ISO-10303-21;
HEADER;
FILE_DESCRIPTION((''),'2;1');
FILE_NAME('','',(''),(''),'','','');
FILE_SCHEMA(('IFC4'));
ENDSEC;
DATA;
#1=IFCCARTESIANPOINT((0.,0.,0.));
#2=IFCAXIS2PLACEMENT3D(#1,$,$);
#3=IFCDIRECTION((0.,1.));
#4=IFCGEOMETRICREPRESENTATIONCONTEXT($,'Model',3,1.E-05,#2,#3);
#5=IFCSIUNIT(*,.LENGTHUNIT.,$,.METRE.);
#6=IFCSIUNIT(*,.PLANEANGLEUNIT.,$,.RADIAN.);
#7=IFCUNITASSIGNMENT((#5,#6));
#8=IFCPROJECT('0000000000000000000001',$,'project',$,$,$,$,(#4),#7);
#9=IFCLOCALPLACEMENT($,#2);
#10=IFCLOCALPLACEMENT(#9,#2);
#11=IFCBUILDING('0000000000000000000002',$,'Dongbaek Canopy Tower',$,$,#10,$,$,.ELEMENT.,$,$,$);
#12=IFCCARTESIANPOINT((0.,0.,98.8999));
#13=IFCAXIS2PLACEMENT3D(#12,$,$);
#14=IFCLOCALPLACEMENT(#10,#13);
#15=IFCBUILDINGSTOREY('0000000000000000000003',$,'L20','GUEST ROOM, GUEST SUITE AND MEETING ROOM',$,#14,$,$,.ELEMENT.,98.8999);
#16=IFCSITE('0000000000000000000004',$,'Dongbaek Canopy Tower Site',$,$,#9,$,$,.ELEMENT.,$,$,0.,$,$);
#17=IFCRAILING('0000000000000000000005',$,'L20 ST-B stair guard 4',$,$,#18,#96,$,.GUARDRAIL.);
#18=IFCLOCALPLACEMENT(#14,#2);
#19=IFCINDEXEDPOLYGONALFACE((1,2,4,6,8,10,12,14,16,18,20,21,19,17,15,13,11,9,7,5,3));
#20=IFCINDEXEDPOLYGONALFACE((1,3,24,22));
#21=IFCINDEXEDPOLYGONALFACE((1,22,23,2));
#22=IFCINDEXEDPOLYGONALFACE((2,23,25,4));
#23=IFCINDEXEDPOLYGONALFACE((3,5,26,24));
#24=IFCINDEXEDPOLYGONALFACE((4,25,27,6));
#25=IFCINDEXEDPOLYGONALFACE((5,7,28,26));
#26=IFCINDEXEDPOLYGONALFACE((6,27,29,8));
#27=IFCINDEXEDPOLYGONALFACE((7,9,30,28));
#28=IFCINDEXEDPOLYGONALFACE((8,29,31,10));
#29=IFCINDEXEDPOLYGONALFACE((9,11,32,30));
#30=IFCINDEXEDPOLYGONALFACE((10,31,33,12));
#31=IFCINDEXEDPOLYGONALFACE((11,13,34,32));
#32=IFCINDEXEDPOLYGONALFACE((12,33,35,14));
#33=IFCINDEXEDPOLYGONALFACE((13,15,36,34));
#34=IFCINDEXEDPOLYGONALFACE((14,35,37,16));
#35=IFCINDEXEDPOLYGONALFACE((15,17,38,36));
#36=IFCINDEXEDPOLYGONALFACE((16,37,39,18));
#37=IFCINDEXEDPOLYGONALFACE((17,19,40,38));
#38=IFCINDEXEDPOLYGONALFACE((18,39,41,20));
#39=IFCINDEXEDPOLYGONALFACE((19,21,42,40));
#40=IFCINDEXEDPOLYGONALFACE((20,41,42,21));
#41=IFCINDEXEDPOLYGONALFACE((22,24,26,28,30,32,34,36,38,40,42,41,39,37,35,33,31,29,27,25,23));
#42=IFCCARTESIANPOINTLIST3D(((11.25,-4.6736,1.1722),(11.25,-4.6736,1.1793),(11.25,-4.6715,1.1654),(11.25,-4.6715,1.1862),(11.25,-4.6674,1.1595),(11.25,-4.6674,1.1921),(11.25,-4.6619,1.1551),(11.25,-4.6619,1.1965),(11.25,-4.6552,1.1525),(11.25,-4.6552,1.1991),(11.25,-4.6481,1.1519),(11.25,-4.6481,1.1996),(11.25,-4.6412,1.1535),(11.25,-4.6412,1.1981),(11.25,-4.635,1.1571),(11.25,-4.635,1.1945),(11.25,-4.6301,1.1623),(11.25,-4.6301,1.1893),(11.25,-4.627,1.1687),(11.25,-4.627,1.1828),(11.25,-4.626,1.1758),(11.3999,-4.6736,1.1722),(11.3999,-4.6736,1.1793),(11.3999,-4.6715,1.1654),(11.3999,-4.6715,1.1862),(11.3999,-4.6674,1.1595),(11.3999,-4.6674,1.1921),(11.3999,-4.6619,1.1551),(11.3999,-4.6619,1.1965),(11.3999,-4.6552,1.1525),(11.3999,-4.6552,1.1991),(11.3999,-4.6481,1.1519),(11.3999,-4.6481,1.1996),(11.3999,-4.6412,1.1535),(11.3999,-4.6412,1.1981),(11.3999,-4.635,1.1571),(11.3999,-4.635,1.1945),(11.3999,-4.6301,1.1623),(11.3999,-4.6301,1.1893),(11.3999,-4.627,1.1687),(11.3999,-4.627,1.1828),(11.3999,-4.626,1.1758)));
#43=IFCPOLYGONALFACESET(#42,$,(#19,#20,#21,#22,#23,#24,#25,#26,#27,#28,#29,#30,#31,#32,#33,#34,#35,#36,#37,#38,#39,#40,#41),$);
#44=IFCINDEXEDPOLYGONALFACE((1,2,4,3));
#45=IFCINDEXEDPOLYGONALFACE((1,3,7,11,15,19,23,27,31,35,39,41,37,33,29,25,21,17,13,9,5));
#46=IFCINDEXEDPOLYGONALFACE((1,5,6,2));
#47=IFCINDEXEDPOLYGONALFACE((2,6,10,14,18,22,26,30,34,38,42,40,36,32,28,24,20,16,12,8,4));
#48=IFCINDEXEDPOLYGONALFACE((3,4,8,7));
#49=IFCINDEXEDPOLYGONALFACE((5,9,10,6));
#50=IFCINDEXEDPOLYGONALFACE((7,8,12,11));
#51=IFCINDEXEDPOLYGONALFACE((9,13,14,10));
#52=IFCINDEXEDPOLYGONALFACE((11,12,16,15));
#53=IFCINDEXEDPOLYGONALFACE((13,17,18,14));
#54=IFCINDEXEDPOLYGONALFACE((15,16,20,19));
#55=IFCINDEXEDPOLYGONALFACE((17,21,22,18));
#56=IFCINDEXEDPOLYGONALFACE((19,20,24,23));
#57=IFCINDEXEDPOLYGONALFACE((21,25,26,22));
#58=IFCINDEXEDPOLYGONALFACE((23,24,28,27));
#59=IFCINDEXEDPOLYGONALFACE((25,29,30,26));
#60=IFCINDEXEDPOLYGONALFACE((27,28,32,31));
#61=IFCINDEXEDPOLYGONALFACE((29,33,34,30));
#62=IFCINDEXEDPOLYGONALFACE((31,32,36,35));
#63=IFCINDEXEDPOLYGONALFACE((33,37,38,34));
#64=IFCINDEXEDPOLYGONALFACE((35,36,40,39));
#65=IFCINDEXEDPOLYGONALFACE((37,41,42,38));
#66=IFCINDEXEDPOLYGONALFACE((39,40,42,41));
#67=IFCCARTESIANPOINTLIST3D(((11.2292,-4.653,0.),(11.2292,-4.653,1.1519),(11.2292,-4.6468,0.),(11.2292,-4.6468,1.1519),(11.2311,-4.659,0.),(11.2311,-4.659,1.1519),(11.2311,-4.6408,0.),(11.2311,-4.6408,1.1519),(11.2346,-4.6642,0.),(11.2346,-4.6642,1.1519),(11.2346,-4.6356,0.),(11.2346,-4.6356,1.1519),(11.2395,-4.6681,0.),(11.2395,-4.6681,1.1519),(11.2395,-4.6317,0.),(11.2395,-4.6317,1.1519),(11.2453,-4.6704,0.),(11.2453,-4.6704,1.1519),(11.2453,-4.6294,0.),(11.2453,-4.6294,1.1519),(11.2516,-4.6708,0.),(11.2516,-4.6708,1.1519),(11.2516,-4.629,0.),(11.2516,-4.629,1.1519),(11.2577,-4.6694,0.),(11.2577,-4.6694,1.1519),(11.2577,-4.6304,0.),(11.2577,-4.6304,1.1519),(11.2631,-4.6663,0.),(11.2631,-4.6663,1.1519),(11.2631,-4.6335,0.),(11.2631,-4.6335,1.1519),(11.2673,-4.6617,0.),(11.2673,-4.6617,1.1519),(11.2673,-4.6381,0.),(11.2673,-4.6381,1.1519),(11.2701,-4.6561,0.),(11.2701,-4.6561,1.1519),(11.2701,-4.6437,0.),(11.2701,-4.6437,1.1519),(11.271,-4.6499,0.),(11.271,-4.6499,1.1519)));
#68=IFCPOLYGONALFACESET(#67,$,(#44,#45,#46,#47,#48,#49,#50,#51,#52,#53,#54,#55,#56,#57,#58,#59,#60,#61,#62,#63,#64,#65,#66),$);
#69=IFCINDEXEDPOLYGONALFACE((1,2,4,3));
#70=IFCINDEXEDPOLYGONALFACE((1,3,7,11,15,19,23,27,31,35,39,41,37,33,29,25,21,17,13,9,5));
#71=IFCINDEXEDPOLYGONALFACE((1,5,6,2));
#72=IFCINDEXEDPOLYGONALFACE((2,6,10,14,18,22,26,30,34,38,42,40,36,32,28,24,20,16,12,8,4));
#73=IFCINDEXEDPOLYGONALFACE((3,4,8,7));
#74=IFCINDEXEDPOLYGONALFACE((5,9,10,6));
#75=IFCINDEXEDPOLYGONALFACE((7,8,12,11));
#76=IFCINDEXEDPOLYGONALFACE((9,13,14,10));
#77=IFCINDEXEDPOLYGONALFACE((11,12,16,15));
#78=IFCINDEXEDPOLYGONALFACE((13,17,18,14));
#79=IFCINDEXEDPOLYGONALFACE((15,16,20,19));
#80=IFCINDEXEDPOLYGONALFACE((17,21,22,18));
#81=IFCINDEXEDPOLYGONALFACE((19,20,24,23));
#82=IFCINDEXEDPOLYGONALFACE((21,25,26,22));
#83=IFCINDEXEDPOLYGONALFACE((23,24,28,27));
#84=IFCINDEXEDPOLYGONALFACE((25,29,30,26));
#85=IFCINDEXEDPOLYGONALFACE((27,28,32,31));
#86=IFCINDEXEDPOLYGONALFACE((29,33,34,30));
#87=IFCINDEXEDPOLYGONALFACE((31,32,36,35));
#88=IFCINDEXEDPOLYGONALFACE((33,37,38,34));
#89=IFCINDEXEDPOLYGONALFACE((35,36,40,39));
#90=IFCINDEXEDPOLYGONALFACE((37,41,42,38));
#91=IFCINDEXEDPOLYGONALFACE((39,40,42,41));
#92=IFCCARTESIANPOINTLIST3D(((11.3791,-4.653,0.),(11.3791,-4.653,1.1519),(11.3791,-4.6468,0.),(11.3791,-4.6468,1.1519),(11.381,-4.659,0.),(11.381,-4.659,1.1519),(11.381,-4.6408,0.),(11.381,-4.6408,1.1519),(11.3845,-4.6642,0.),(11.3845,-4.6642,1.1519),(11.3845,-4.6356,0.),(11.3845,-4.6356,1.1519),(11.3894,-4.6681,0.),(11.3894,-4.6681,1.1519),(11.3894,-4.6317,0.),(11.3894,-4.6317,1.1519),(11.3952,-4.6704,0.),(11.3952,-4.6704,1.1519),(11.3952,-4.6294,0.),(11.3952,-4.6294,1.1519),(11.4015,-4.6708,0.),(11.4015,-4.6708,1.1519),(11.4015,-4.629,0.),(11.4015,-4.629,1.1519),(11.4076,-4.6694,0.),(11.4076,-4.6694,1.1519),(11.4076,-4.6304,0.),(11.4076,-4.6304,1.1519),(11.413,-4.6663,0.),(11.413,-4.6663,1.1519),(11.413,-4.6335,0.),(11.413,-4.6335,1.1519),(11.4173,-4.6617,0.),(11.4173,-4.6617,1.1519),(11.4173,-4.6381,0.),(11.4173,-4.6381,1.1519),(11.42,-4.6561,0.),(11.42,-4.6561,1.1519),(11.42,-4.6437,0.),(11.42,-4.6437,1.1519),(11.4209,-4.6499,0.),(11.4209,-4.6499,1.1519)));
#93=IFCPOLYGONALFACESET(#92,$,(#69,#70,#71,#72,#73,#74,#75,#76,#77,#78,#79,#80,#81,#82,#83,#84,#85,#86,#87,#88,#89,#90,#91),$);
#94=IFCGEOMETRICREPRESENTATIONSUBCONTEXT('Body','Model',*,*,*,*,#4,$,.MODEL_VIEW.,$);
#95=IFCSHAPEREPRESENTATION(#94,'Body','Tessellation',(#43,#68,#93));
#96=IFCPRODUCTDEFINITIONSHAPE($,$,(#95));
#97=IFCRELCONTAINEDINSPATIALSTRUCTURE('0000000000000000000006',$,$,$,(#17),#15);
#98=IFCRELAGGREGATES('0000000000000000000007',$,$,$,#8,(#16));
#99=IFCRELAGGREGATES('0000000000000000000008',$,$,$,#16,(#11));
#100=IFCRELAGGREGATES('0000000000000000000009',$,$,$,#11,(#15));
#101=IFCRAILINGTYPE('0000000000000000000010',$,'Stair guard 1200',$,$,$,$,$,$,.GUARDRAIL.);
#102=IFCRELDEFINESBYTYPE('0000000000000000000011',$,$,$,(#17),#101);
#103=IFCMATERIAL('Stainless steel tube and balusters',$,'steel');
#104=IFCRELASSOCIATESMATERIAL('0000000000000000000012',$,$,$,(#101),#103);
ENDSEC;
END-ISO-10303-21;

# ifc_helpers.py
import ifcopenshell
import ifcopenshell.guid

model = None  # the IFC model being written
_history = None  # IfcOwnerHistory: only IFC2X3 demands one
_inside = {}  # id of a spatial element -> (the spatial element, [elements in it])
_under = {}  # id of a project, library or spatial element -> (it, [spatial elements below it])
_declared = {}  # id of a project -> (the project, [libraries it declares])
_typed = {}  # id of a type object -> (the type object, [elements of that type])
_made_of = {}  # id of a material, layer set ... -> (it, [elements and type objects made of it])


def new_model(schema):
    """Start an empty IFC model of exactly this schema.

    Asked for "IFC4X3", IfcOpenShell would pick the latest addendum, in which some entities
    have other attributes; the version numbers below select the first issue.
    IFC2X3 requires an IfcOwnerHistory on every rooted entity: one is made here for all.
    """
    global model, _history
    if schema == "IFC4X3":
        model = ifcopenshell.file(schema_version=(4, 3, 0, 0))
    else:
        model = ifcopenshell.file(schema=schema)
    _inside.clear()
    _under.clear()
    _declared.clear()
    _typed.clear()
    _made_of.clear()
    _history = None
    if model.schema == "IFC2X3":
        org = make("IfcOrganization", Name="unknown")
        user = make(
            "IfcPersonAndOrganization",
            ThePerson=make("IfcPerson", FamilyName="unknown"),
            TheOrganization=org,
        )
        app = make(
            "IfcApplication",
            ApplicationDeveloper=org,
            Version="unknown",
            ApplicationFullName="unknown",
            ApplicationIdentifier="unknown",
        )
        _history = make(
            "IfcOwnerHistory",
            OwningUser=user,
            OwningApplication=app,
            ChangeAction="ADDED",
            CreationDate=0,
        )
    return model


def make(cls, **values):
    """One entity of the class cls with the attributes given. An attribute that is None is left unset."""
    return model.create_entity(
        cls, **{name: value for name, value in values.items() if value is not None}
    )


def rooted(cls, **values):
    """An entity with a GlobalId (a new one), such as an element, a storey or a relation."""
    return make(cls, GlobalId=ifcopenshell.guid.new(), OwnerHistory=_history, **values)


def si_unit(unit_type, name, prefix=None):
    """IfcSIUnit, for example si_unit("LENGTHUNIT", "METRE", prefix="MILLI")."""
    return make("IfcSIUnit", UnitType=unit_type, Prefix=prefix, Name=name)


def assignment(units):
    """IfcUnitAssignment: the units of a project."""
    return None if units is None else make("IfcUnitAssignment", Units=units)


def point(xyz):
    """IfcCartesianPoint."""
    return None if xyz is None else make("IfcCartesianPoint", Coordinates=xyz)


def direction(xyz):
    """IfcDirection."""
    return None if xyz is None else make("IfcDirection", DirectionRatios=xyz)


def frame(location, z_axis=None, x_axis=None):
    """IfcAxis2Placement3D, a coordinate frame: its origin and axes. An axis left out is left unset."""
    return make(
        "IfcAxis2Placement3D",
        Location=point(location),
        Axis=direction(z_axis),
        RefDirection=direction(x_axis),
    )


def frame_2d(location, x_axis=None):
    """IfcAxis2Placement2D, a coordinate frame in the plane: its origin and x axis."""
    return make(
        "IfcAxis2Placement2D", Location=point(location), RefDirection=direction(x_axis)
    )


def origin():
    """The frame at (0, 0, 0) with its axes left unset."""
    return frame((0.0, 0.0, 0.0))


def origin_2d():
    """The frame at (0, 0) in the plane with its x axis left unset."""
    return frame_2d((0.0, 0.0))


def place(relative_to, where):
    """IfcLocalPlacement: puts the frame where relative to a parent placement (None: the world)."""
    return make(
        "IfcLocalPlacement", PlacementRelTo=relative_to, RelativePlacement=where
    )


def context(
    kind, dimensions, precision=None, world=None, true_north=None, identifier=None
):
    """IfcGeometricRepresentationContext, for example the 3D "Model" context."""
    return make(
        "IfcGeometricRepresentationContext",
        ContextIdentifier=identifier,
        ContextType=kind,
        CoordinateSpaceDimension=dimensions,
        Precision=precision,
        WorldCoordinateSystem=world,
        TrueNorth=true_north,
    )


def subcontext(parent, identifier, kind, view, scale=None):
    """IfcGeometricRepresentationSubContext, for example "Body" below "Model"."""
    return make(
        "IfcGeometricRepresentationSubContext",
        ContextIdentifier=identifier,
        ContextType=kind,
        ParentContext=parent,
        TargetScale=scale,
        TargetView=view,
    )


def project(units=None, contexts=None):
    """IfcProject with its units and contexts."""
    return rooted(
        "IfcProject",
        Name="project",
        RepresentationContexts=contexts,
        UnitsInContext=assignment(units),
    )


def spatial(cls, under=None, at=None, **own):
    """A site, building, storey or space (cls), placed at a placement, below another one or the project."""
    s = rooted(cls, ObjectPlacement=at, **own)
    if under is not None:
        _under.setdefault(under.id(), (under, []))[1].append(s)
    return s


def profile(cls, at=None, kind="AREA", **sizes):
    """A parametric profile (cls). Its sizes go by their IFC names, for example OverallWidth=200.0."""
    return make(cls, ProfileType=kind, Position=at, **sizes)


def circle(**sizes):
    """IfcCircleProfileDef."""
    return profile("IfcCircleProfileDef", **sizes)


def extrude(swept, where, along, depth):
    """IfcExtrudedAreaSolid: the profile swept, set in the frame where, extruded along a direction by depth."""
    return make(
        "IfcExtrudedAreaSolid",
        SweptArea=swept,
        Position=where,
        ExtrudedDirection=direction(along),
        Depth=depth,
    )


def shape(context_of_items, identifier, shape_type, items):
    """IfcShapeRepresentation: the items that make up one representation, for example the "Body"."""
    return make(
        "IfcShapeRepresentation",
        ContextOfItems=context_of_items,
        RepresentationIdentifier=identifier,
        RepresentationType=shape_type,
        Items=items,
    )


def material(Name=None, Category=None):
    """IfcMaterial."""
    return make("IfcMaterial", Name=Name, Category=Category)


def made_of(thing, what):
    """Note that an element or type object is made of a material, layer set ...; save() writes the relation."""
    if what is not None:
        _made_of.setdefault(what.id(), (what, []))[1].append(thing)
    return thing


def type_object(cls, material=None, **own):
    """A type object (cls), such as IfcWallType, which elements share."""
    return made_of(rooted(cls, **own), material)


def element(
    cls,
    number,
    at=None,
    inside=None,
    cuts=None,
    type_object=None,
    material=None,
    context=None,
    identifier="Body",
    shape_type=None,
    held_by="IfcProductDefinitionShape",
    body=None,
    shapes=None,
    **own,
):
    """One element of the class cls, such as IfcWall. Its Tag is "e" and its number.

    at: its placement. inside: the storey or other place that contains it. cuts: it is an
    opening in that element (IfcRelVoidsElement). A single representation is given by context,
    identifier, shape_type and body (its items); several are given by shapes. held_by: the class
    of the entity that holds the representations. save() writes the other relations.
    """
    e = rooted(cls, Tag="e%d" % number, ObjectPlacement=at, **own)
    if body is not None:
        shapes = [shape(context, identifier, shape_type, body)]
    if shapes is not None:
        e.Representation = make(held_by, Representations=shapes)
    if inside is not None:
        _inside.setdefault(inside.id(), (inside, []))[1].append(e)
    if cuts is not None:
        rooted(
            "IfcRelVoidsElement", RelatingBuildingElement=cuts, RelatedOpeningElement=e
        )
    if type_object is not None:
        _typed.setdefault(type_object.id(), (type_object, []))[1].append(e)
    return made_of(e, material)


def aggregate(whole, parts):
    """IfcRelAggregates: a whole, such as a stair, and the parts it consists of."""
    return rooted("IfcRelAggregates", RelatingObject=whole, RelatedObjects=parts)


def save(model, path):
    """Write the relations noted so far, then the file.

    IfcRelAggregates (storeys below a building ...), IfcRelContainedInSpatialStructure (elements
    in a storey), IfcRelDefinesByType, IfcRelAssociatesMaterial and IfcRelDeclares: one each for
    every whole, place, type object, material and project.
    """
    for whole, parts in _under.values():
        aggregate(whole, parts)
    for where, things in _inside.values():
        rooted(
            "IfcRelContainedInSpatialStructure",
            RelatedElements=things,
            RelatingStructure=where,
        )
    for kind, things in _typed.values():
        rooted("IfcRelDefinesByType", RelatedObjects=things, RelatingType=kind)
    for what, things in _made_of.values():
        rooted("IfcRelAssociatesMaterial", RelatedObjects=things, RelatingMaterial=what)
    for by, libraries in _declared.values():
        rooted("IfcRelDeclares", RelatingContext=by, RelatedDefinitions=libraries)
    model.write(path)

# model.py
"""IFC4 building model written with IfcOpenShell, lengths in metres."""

from ifc_helpers import new_model, si_unit, direction, frame, origin, origin_2d, place, context, subcontext, project, spatial, circle, extrude, material, type_object, element, save


model = new_model("IFC4")

# Units and contexts
model_context = context("Model", 3, precision=1e-05, world=origin(), true_north=direction((0.0, 1.0)))
body_context = subcontext(model_context, "Body", "Model", "MODEL_VIEW")
ifc_project = project(units=[si_unit("LENGTHUNIT", "METRE"), si_unit("PLANEANGLEUNIT", "RADIAN")], contexts=[model_context])

# Site, building, storey
site_placement = place(None, origin())
site = spatial("IfcSite", under=ifc_project, at=site_placement, Name="Dongbaek Canopy Tower Site", CompositionType="ELEMENT", RefElevation=0.0)
building_placement = place(site_placement, origin())
building = spatial("IfcBuilding", under=site, at=building_placement, Name="Dongbaek Canopy Tower", CompositionType="ELEMENT")
storey_placement = place(building_placement, frame((0.0, 0.0, 98.8999)))
storey = spatial("IfcBuildingStorey", under=building, at=storey_placement, Name="L20", Description="GUEST ROOM, GUEST SUITE AND MEETING ROOM", CompositionType="ELEMENT", Elevation=98.8999)

# Railing
ifc_material_1 = material(Name="Stainless steel tube and balusters", Category="steel")
railing_type_1 = type_object("IfcRailingType", Name="Stair guard 1200", PredefinedType="GUARDRAIL", material=ifc_material_1)
railing_1_placement = place(storey_placement, frame((11.25, -4.6499, 0.0)))
element("IfcRailing", 1, at=railing_1_placement, inside=storey, type_object=railing_type_1, Name="L20 ST-B stair guard 4", PredefinedType="GUARDRAIL", context=body_context, shape_type="SweptSolid", body=[
    extrude(circle(Radius=0.0239, at=origin_2d()), frame((0.0, 0.0, 1.1758), z_axis=(1.0, 0.0, 0.0), x_axis=(0.0, 1.0, 0.0)), (0.0, 0.0, 1.0), 0.1499),
    extrude(circle(Radius=0.021, at=origin_2d()), origin(), (0.0, 0.0, 1.0), 1.1519),
    extrude(circle(Radius=0.021, at=origin_2d()), frame((0.1499, 0.0, 0.0)), (0.0, 0.0, 1.0), 1.1519),
])

save(model, "model.ifc")
